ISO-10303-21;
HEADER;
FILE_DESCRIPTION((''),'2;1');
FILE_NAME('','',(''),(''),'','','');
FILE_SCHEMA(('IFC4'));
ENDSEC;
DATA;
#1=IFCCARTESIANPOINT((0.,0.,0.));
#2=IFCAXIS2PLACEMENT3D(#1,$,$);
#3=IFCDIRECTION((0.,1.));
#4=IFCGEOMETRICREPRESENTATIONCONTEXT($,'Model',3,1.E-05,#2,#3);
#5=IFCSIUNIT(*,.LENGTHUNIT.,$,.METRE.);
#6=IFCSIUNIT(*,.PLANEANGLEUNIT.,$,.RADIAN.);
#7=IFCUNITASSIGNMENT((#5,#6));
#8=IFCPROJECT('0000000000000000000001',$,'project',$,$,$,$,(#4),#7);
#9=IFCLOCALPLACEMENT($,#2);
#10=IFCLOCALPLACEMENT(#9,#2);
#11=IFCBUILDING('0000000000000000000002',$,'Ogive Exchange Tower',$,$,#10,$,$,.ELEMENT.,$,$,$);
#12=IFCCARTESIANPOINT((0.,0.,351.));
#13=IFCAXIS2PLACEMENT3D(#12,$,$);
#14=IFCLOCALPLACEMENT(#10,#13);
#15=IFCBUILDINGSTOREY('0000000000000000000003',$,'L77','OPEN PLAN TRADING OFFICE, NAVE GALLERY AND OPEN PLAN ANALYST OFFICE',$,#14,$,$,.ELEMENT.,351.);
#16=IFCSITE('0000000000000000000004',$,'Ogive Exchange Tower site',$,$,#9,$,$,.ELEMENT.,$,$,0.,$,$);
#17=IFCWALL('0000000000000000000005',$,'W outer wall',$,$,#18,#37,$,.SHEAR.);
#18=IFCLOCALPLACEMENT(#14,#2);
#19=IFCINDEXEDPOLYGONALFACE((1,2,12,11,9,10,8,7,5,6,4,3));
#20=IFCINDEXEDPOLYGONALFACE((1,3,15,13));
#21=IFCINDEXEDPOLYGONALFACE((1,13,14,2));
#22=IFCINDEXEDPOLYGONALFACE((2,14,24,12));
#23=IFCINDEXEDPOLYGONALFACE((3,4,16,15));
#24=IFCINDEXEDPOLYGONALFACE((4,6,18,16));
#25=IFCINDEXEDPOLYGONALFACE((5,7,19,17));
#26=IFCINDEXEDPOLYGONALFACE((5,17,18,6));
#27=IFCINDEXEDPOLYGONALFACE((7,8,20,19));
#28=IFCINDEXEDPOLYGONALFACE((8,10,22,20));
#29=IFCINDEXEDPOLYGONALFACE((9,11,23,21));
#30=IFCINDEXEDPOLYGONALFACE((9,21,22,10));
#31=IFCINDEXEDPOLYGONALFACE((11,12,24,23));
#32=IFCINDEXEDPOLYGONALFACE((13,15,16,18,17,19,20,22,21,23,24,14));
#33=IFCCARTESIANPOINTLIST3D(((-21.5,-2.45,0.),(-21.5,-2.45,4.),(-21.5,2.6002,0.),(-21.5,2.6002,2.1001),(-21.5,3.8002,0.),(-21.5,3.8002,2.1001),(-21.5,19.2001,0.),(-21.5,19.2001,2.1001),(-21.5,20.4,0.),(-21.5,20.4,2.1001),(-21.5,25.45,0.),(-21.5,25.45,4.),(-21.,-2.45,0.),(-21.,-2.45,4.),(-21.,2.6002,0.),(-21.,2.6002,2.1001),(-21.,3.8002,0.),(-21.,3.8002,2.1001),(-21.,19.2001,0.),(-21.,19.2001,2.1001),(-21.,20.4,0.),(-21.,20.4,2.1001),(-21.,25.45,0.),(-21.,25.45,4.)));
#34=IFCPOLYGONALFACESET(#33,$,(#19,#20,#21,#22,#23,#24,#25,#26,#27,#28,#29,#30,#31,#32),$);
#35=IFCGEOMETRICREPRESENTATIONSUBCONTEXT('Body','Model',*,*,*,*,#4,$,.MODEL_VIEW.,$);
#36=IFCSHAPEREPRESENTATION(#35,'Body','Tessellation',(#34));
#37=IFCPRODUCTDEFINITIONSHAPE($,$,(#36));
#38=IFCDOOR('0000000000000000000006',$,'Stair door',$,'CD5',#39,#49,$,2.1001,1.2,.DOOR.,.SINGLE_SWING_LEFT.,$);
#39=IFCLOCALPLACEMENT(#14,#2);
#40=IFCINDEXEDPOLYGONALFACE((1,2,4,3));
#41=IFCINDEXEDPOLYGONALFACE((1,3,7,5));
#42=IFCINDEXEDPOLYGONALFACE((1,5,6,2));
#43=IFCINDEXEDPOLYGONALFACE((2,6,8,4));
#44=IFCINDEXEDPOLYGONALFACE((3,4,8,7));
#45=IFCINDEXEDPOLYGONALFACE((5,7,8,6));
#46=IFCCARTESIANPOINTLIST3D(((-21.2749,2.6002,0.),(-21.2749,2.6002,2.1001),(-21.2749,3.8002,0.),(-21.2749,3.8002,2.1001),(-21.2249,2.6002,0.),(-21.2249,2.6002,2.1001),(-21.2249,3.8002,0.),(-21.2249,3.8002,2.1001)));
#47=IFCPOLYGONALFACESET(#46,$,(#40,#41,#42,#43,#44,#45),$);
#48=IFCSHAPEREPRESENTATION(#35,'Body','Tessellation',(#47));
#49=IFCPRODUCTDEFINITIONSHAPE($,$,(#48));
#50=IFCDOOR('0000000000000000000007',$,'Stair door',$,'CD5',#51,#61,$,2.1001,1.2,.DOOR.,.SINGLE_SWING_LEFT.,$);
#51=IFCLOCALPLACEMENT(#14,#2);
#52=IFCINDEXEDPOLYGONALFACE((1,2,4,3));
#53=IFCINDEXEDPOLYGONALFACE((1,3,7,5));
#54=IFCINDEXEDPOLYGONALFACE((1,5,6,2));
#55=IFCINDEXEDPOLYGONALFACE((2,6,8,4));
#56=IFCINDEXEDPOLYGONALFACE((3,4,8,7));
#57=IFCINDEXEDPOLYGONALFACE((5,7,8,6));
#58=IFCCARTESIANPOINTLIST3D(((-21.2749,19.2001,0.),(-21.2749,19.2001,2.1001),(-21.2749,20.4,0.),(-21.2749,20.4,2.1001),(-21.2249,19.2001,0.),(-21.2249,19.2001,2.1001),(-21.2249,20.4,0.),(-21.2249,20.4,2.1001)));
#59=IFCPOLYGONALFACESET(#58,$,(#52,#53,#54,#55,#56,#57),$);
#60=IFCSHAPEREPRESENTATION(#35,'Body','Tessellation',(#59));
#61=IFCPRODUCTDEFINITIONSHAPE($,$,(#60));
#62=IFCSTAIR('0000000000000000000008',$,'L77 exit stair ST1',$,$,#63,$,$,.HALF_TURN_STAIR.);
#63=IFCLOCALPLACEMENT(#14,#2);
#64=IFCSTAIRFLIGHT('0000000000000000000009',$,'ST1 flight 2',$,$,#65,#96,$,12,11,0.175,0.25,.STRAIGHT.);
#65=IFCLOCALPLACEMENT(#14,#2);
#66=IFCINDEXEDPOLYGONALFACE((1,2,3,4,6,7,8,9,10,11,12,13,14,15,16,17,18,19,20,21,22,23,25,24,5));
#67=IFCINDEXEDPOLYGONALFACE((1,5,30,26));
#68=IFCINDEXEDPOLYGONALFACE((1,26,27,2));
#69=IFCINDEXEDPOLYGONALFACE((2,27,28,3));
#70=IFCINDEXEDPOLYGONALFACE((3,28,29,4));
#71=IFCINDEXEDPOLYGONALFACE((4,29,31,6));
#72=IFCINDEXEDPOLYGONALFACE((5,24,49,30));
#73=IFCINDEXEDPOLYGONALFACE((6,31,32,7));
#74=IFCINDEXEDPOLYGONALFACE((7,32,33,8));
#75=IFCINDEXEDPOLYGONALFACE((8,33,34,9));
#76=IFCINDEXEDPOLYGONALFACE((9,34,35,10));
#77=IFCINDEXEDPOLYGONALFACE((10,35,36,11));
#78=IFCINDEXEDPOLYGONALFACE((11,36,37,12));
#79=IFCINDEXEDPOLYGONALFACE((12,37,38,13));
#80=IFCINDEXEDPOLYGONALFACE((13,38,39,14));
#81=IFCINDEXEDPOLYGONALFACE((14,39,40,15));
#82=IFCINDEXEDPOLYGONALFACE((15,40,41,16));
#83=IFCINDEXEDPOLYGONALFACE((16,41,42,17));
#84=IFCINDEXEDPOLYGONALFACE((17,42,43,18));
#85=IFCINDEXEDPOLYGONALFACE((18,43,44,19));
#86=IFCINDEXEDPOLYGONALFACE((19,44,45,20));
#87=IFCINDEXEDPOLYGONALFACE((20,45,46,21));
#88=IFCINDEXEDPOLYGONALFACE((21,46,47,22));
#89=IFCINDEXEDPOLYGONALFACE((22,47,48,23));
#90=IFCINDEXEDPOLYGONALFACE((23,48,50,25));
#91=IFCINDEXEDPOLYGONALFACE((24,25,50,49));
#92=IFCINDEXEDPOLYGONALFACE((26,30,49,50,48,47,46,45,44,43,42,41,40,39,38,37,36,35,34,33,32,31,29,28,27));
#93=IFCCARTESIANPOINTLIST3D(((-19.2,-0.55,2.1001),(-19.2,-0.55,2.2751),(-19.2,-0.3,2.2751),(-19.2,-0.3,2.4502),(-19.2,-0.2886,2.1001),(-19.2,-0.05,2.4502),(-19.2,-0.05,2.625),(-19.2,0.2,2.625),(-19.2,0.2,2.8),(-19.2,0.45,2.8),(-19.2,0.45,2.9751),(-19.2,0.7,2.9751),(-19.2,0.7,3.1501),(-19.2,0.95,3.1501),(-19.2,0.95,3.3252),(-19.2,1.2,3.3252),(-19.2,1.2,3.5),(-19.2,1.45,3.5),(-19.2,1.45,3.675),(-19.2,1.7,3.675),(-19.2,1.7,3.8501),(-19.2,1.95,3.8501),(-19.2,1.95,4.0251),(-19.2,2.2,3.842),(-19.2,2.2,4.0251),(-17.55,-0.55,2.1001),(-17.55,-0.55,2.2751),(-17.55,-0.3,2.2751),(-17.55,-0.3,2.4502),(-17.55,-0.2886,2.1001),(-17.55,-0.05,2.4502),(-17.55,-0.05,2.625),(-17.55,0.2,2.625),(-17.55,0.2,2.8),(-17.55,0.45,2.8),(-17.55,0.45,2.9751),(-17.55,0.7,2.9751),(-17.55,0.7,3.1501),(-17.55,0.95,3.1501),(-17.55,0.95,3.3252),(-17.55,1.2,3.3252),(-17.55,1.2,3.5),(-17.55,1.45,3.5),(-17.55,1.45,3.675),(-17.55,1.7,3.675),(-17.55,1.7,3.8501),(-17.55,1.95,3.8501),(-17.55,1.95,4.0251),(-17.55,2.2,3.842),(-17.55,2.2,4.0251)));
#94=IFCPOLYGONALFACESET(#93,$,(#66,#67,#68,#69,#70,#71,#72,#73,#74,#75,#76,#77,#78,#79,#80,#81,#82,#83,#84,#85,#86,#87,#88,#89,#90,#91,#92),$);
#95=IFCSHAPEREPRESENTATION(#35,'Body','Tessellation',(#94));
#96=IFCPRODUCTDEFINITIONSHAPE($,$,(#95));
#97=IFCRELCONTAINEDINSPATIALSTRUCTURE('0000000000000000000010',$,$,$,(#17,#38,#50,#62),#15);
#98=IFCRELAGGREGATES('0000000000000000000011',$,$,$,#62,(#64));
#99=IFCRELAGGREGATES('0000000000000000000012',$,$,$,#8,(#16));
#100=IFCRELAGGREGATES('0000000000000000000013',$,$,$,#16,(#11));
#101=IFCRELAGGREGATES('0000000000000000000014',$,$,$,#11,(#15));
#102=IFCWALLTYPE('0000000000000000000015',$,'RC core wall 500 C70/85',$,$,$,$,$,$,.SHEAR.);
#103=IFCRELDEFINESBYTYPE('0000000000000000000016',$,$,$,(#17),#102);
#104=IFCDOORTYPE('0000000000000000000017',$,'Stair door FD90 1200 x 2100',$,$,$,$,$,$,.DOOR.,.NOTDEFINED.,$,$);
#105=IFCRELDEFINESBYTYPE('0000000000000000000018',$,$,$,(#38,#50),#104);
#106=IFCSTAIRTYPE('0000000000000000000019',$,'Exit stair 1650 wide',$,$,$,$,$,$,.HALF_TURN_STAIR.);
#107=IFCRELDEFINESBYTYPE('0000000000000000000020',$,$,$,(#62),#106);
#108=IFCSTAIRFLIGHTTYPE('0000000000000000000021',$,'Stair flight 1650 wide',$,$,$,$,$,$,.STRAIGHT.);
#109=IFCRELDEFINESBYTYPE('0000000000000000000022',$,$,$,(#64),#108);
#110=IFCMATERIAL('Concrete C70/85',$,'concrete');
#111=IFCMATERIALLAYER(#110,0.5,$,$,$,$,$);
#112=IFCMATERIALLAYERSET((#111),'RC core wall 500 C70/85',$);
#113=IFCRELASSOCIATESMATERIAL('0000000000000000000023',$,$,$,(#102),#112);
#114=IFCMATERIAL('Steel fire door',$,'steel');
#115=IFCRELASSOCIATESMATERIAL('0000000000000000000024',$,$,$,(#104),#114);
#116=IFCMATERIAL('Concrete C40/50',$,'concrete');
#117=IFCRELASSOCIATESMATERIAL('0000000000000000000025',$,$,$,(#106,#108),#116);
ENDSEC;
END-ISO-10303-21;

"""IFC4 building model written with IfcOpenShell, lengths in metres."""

from ifc_helpers import new_model, si_unit, direction, frame, frame_2d, origin, place, context, subcontext, project, spatial, polyline, rectangle, outline, extrude, material, layer, layer_set, type_object, element, fill, aggregate, save


model = new_model("IFC4")

# Units and contexts
model_context = context("Model", 3, precision=1e-05, world=origin(), true_north=direction((0.0, 1.0)))
body_context = subcontext(model_context, "Body", "Model", "MODEL_VIEW")
ifc_project = project(units=[si_unit("LENGTHUNIT", "METRE"), si_unit("PLANEANGLEUNIT", "RADIAN")], contexts=[model_context])

# Site, building, storey
site_placement = place(None, origin())
site = spatial("IfcSite", under=ifc_project, at=site_placement, Name="Ogive Exchange Tower site", CompositionType="ELEMENT", RefElevation=0.0)
building_placement = place(site_placement, origin())
building = spatial("IfcBuilding", under=site, at=building_placement, Name="Ogive Exchange Tower", CompositionType="ELEMENT")
storey_placement = place(building_placement, frame((0.0, 0.0, 351.0)))
storey = spatial("IfcBuildingStorey", under=building, at=storey_placement, Name="L77", Description="OPEN PLAN TRADING OFFICE, NAVE GALLERY AND OPEN PLAN ANALYST OFFICE", CompositionType="ELEMENT", Elevation=351.0)

# Shared definitions
ifc_material_1 = material(Name="Concrete C70/85", Category="concrete")

# Wall, openings, doors
ifc_layer_1 = layer(ifc_material_1, 0.5)
ifc_layer_set_1 = layer_set([ifc_layer_1], Name="RC core wall 500 C70/85")
wall_type_1 = type_object("IfcWallType", Name="RC core wall 500 C70/85", PredefinedType="SHEAR", material=ifc_layer_set_1)
wall_1_placement = place(storey_placement, frame((-21.25, -2.45, 0.0), z_axis=(0.0, 0.0, 1.0), x_axis=(0.0, 1.0, 0.0)))
wall_1 = element("IfcWall", 1, at=wall_1_placement, inside=storey, type_object=wall_type_1, Name="W outer wall", PredefinedType="SHEAR", context=body_context, shape_type="SweptSolid", body=[
    extrude(rectangle(XDim=27.8999, YDim=0.5, at=frame_2d((13.95, 0.0))), origin(), (0.0, 0.0, 1.0), 4.0),
])
opening_1_placement = place(wall_1_placement, frame((5.05, 0.0, 0.0)))
opening_1 = element("IfcOpeningElement", 2, at=opening_1_placement, cuts=wall_1, PredefinedType="OPENING", context=body_context, shape_type="SweptSolid", body=[
    extrude(rectangle(XDim=1.2, YDim=2.1001, at=frame_2d((0.6001, 1.05))), frame((0.0, 0.26, 0.0), z_axis=(0.0, -1.0, 0.0), x_axis=(1.0, 0.0, 0.0)), (0.0, 0.0, 1.0), 0.52),
])
opening_2_placement = place(wall_1_placement, frame((21.6499, 0.0, 0.0)))
opening_2 = element("IfcOpeningElement", 3, at=opening_2_placement, cuts=wall_1, PredefinedType="OPENING", context=body_context, shape_type="SweptSolid", body=[
    extrude(rectangle(XDim=1.2, YDim=2.1001, at=frame_2d((0.6001, 1.05))), frame((0.0, 0.26, 0.0), z_axis=(0.0, -1.0, 0.0), x_axis=(1.0, 0.0, 0.0)), (0.0, 0.0, 1.0), 0.52),
])
ifc_material_2 = material(Name="Steel fire door", Category="steel")
door_type_1 = type_object("IfcDoorType", Name="Stair door FD90 1200 x 2100", OperationType="NOTDEFINED", PredefinedType="DOOR", material=ifc_material_2)
door_1_placement = place(opening_1_placement, origin())
door_1 = element("IfcDoor", 4, at=door_1_placement, inside=storey, type_object=door_type_1, Name="Stair door", ObjectType="CD5", OperationType="SINGLE_SWING_LEFT", OverallHeight=2.1001, OverallWidth=1.2, PredefinedType="DOOR", context=body_context, shape_type="SweptSolid", body=[
    extrude(rectangle(XDim=1.2, YDim=2.1001, at=frame_2d((0.6001, 1.05))), frame((0.0, 0.0249, 0.0), z_axis=(0.0, -1.0, 0.0), x_axis=(1.0, 0.0, 0.0)), (0.0, 0.0, 1.0), 0.05),
])
fill(opening_1, door_1)
door_2_placement = place(opening_2_placement, origin())
door_2 = element("IfcDoor", 5, at=door_2_placement, inside=storey, type_object=door_type_1, Name="Stair door", ObjectType="CD5", OperationType="SINGLE_SWING_LEFT", OverallHeight=2.1001, OverallWidth=1.2, PredefinedType="DOOR", context=body_context, shape_type="SweptSolid", body=[
    extrude(rectangle(XDim=1.2, YDim=2.1001, at=frame_2d((0.6001, 1.05))), frame((0.0, 0.0249, 0.0), z_axis=(0.0, -1.0, 0.0), x_axis=(1.0, 0.0, 0.0)), (0.0, 0.0, 1.0), 0.05),
])
fill(opening_2, door_2)

# Stair, stair flight
ifc_material_3 = material(Name="Concrete C40/50", Category="concrete")
stair_type = type_object("IfcStairType", Name="Exit stair 1650 wide", PredefinedType="HALF_TURN_STAIR", material=ifc_material_3)
stair_placement = place(storey_placement, origin())
stair = element("IfcStair", 6, at=stair_placement, inside=storey, type_object=stair_type, Name="L77 exit stair ST1", PredefinedType="HALF_TURN_STAIR")
stair_flight_type = type_object("IfcStairFlightType", Name="Stair flight 1650 wide", PredefinedType="STRAIGHT", material=ifc_material_3)
stair_flight_placement = place(storey_placement, frame((-18.375, -0.55, 2.1001), z_axis=(0.0, 0.0, 1.0), x_axis=(0.0, 1.0, 0.0)))
stair_flight = element("IfcStairFlight", 7, at=stair_flight_placement, type_object=stair_flight_type, Name="ST1 flight 2", NumberOfRisers=12, NumberOfTreads=11, PredefinedType="STRAIGHT", RiserHeight=0.175, TreadLength=0.25, context=body_context, shape_type="SweptSolid", body=[
    extrude(outline(polyline([(0.0, 0.0), (0.0, 0.175), (0.25, 0.175), (0.25, 0.3501), (0.5, 0.3501), (0.5, 0.5249), (0.75, 0.5249), (0.75, 0.7), (1.0, 0.7), (1.0, 0.875), (1.25, 0.875), (1.25, 1.05), (1.5, 1.05), (1.5, 1.2251), (1.75, 1.2251), (1.75, 1.3999), (2.0, 1.3999), (2.0, 1.575), (2.25, 1.575), (2.25, 1.75), (2.5, 1.75), (2.5, 1.925), (2.75, 1.925), (2.75, 2.1001), (2.75, 1.7419), (0.2615, 0.0), (0.0, 0.0)])), frame((0.0, 0.825, 0.0), z_axis=(0.0, -1.0, 0.0), x_axis=(1.0, 0.0, 0.0)), (0.0, 0.0, 1.0), 1.6499),
])
aggregate(stair, [stair_flight])

save(model, "model.ifc")
